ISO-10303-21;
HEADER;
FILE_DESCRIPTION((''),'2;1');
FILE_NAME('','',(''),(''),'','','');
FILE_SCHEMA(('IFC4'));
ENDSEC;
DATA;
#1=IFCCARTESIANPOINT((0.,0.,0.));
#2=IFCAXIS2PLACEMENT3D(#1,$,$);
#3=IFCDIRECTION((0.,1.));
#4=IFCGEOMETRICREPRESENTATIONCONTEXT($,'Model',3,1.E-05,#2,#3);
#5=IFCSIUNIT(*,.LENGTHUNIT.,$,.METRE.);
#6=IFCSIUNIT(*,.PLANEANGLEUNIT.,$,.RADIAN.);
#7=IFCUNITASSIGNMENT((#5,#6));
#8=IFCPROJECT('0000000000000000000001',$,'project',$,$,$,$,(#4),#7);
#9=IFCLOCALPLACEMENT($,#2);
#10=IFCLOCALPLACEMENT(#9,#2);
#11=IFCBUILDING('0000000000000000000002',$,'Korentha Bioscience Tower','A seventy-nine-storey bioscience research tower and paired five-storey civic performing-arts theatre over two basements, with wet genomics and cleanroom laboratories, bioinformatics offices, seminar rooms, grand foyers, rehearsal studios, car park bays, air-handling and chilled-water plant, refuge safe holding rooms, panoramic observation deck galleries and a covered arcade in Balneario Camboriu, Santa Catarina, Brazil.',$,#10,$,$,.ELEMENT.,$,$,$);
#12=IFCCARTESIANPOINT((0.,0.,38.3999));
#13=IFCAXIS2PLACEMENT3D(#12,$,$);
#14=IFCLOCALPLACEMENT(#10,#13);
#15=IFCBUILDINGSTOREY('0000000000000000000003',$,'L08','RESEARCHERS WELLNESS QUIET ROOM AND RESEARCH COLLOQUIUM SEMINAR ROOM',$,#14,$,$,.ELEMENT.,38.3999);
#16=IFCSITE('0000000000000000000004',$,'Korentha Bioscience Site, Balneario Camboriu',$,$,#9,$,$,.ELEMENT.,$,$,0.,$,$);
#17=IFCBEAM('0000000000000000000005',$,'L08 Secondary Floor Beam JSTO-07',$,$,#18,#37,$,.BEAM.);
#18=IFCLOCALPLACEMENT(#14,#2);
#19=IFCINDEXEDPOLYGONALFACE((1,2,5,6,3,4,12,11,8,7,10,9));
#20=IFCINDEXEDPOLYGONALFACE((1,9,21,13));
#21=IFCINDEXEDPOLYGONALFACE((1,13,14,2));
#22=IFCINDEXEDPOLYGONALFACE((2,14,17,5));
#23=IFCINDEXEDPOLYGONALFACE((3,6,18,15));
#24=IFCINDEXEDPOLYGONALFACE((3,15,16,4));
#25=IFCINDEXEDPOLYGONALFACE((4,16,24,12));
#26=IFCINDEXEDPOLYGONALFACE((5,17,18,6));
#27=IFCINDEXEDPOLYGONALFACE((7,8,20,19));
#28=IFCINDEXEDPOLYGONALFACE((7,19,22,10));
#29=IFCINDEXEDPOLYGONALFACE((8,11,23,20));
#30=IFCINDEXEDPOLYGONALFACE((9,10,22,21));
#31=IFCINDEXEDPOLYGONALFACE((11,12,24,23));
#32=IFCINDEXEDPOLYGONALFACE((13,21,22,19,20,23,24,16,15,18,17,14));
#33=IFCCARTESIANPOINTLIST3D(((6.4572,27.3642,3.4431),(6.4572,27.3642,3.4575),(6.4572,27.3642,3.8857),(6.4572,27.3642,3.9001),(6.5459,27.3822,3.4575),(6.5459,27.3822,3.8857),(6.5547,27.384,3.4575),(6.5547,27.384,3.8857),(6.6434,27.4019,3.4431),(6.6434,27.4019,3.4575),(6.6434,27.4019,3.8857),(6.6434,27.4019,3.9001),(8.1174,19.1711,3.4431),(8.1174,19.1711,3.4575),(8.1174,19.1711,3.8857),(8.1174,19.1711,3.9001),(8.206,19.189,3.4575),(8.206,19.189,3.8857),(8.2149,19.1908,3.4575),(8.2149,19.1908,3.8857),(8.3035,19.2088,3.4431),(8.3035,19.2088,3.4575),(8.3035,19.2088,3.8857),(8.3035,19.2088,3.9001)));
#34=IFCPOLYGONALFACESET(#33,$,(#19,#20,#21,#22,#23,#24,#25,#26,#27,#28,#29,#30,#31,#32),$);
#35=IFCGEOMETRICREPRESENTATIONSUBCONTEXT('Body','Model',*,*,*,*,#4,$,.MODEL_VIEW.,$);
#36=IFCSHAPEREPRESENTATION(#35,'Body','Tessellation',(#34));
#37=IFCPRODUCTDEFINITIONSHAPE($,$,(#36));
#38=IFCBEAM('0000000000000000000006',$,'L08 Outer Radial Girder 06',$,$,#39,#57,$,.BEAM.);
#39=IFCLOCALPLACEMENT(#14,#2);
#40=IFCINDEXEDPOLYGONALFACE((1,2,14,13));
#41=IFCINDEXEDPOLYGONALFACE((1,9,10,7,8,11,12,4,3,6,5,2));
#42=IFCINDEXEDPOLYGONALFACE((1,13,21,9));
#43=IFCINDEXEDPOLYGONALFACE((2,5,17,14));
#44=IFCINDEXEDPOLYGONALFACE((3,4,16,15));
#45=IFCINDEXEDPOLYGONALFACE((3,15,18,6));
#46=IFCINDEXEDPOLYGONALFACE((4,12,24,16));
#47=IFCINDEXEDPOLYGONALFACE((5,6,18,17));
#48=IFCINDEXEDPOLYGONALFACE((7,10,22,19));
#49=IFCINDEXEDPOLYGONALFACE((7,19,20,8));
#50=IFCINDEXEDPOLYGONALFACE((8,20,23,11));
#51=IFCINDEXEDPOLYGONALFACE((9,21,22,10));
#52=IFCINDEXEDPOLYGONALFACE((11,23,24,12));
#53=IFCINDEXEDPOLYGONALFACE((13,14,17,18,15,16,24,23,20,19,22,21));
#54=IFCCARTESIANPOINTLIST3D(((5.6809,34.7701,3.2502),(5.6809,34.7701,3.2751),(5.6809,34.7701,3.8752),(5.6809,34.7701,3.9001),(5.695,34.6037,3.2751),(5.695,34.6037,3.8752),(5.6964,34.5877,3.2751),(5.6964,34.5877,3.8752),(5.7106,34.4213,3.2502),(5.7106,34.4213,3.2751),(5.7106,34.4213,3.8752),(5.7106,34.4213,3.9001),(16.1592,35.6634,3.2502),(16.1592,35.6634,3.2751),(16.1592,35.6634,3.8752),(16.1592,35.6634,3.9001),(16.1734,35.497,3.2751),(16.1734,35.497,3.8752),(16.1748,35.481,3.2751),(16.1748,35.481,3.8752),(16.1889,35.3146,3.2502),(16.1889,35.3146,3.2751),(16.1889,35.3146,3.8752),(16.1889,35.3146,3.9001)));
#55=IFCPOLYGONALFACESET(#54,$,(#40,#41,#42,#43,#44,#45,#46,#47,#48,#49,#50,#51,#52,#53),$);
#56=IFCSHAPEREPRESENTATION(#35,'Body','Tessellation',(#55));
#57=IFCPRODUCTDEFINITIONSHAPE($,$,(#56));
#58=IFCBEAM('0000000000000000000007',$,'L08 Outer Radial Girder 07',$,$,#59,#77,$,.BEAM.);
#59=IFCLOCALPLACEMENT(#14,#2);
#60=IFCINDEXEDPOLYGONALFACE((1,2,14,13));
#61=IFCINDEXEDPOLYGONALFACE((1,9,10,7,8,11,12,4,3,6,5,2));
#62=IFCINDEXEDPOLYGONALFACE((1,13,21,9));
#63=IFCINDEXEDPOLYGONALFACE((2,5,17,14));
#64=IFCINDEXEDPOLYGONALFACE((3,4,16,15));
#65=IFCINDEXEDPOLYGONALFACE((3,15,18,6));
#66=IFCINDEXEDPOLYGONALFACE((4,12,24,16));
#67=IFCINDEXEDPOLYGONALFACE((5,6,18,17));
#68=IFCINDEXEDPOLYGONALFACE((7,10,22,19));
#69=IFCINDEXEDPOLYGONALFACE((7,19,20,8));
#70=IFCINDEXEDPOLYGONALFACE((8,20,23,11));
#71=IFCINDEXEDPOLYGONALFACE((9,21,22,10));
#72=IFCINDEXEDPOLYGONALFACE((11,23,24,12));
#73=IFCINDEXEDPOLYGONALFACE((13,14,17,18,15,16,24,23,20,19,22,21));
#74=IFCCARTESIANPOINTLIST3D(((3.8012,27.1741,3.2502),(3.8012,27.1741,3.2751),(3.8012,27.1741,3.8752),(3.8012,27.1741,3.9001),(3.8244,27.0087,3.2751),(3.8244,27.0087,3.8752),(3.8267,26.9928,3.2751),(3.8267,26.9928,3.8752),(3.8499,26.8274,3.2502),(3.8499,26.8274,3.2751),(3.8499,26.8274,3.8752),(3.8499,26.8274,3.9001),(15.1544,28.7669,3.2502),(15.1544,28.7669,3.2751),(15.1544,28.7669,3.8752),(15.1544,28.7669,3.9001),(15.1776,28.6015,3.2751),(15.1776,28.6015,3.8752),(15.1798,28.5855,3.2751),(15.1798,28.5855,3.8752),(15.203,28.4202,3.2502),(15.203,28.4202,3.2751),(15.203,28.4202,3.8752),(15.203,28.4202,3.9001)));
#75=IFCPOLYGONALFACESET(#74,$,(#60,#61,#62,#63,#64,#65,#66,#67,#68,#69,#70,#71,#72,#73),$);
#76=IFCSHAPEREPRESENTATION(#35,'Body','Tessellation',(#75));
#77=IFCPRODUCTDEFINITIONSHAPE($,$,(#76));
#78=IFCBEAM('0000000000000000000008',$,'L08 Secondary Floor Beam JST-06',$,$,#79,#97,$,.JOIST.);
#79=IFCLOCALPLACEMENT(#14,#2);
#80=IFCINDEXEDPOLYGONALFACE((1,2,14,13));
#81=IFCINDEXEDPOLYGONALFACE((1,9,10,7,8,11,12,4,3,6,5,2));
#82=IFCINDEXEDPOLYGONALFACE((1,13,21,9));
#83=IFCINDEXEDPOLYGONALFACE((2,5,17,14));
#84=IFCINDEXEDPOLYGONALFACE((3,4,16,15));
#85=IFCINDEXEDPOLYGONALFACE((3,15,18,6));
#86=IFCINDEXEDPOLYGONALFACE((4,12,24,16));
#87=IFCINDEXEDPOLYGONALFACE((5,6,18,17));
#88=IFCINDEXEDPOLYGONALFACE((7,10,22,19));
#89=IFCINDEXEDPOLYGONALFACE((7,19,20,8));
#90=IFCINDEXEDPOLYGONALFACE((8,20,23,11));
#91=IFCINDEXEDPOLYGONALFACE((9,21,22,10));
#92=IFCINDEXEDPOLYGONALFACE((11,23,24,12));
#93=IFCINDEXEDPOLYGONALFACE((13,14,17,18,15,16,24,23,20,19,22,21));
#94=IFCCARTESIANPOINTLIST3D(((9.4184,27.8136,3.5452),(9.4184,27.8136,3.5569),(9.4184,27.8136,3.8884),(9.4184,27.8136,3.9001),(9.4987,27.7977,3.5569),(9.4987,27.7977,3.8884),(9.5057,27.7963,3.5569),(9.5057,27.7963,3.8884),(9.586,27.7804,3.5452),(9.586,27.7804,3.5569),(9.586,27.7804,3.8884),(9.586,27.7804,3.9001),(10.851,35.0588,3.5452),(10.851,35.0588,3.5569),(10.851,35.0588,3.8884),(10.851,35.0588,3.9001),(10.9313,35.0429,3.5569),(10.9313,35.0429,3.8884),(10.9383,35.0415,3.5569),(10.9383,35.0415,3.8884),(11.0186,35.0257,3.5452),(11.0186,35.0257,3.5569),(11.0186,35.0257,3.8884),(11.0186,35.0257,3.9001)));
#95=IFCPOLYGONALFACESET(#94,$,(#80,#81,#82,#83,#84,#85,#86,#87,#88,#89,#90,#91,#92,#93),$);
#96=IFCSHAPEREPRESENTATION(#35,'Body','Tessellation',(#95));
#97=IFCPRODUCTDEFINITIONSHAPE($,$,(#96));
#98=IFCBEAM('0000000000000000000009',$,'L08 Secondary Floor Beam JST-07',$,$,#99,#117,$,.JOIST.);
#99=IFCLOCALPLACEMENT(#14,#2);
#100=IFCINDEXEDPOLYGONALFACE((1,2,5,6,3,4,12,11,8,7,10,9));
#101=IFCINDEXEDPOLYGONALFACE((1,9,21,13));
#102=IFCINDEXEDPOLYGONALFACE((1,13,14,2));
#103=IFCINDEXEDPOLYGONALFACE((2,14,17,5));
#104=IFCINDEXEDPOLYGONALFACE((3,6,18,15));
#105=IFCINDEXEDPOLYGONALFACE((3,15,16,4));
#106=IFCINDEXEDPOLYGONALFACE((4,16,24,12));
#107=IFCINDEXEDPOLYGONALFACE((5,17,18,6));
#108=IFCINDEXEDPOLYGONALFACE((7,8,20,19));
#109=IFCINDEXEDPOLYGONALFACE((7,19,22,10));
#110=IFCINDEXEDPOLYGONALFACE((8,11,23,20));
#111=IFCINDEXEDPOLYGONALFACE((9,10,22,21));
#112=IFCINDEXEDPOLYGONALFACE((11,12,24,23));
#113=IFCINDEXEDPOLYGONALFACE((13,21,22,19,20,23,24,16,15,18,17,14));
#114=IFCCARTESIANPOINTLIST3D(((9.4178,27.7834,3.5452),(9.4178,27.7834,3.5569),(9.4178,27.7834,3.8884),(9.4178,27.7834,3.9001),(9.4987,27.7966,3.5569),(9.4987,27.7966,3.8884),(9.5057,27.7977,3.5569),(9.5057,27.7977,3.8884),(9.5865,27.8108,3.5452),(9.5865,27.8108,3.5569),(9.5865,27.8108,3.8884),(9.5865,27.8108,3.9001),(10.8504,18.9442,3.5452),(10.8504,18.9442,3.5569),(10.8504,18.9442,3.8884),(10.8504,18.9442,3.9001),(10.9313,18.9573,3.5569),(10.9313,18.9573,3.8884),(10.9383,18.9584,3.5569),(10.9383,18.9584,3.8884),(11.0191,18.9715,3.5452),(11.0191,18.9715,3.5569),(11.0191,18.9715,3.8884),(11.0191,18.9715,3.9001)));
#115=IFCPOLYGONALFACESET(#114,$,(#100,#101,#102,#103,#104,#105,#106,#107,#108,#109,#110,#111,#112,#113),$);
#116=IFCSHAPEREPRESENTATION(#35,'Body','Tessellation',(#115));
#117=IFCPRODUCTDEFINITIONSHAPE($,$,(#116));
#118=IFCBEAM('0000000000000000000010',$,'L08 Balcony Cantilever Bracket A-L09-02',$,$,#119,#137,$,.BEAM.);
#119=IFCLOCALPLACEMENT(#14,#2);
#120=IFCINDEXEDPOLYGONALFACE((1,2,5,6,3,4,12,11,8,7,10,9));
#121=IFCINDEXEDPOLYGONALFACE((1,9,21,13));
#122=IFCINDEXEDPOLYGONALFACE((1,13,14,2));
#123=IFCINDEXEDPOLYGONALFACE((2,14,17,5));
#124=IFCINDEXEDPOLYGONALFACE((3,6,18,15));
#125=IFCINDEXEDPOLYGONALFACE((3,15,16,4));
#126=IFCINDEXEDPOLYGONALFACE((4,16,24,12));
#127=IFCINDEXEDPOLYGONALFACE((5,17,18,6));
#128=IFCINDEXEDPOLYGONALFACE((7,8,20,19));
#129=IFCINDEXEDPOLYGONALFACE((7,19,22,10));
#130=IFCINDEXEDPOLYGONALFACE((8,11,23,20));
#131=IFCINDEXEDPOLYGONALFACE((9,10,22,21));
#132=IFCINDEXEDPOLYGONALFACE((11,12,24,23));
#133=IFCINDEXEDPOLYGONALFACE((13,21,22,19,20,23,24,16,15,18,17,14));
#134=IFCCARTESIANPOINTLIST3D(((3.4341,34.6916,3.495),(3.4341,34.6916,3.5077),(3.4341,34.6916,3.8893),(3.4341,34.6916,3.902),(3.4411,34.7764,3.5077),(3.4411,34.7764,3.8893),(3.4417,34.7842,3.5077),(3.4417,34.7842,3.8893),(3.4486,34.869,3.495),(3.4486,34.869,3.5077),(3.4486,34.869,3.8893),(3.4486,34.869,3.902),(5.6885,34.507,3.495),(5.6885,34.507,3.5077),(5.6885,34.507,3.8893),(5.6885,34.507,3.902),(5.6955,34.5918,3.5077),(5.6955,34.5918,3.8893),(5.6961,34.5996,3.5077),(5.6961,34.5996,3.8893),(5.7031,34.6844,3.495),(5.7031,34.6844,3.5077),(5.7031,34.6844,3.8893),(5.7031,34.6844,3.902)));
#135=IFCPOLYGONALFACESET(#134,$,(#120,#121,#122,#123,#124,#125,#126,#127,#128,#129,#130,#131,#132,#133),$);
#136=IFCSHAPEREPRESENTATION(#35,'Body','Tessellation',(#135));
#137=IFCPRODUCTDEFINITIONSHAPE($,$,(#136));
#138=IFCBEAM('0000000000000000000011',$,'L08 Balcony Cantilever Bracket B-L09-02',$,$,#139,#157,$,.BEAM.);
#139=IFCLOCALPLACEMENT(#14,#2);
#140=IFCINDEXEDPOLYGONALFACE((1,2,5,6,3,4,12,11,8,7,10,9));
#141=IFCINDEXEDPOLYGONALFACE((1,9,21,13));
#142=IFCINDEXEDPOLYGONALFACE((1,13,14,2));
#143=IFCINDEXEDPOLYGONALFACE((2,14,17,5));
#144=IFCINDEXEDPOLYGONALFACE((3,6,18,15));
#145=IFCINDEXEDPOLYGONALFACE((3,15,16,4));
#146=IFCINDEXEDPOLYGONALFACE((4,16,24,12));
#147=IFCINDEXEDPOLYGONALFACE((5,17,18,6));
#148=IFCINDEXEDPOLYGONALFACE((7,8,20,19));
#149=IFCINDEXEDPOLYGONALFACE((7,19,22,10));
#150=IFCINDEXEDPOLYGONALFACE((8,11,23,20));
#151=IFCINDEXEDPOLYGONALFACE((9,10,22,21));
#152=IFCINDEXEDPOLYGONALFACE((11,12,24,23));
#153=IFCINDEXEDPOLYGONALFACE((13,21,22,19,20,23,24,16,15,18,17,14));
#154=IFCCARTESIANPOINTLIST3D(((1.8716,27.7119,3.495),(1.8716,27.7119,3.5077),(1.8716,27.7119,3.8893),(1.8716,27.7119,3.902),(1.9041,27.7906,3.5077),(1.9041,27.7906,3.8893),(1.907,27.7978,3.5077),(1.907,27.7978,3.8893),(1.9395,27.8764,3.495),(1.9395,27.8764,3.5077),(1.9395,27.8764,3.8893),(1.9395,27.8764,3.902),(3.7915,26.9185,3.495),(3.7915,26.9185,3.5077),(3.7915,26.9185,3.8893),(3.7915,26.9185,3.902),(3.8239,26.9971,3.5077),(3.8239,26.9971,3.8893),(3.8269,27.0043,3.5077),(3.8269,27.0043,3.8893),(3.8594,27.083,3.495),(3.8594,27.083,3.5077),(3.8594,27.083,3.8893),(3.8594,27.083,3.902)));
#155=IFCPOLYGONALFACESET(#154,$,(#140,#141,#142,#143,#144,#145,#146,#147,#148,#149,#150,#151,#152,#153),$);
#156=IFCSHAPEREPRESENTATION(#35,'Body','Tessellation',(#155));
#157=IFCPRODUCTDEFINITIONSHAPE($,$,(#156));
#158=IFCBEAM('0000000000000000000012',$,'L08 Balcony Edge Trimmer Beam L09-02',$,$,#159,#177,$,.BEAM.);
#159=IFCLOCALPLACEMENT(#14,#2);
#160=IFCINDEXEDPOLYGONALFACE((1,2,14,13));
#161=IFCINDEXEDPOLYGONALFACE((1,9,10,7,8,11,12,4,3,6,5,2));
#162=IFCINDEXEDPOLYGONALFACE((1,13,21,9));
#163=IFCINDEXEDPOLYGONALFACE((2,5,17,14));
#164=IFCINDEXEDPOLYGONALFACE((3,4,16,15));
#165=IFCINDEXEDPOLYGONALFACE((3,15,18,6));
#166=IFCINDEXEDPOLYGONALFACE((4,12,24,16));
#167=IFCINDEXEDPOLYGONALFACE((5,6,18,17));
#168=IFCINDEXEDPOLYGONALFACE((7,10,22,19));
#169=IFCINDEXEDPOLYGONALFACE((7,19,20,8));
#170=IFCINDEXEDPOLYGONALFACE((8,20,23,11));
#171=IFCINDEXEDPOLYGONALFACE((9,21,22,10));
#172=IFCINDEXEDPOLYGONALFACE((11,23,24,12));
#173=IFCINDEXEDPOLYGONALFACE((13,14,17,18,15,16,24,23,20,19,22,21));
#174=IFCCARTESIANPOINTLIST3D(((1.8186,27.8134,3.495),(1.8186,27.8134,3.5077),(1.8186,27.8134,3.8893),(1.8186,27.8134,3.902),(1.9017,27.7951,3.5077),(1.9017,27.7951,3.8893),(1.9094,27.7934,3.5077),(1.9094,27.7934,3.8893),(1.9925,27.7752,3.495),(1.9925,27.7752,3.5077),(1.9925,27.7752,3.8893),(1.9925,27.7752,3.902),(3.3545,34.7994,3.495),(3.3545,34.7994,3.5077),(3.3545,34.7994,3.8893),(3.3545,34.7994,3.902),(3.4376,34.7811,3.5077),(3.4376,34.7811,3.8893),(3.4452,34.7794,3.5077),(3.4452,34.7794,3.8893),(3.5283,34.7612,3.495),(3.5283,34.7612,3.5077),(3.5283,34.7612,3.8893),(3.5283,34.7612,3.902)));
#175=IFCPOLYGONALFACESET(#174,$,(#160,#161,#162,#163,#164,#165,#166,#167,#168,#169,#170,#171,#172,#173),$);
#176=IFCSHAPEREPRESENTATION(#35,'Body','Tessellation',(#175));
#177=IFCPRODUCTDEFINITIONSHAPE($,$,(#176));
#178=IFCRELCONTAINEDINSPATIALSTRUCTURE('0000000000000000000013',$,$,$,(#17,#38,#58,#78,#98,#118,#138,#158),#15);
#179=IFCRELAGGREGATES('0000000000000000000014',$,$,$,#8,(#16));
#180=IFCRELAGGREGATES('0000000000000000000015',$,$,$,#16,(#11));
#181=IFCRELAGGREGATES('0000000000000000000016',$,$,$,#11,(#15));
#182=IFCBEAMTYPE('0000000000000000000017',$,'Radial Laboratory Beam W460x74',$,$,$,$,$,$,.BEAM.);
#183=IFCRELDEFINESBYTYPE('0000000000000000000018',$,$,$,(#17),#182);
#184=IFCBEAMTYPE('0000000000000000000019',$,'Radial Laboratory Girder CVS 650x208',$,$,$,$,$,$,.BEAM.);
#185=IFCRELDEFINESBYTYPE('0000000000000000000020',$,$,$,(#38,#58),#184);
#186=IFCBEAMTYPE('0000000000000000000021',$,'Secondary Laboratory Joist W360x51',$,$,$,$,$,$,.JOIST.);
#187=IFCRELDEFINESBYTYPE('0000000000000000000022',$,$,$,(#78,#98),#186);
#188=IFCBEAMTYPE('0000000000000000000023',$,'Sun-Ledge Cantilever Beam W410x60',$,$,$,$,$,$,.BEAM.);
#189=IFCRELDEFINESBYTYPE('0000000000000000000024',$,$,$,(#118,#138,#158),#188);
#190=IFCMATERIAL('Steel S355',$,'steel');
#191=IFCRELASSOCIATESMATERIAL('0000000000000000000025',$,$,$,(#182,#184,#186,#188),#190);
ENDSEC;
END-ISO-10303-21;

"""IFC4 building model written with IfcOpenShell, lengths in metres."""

from ifc_helpers import new_model, si_unit, direction, frame, origin, origin_2d, place, context, subcontext, project, spatial, i_section, extrude, material, material_profile, profile_set, type_object, element, save


model = new_model("IFC4")

# Units and contexts
model_context = context("Model", 3, precision=1e-05, world=origin(), true_north=direction((0.0, 1.0)))
body_context = subcontext(model_context, "Body", "Model", "MODEL_VIEW")
ifc_project = project(units=[si_unit("LENGTHUNIT", "METRE"), si_unit("PLANEANGLEUNIT", "RADIAN")], contexts=[model_context])

# Site, building, storey
site_placement = place(None, origin())
site = spatial("IfcSite", under=ifc_project, at=site_placement, Name="Korentha Bioscience Site, Balneario Camboriu", CompositionType="ELEMENT", RefElevation=0.0)
building_placement = place(site_placement, origin())
building = spatial("IfcBuilding", under=site, at=building_placement, Name="Korentha Bioscience Tower", Description="A seventy-nine-storey bioscience research tower and paired five-storey civic performing-arts theatre over two basements, with wet genomics and cleanroom laboratories, bioinformatics offices, seminar rooms, grand foyers, rehearsal studios, car park bays, air-handling and chilled-water plant, refuge safe holding rooms, panoramic observation deck galleries and a covered arcade in Balneario Camboriu, Santa Catarina, Brazil.", CompositionType="ELEMENT")
storey_placement = place(building_placement, frame((0.0, 0.0, 38.3999)))
storey = spatial("IfcBuildingStorey", under=building, at=storey_placement, Name="L08", Description="RESEARCHERS WELLNESS QUIET ROOM AND RESEARCH COLLOQUIUM SEMINAR ROOM", CompositionType="ELEMENT", Elevation=38.3999)

# Shared definitions
ifc_material_1 = material(Name="Steel S355", Category="steel")

# Beams
ifc_material_profile_1 = material_profile(ifc_material_1, i_section(OverallWidth=0.1899, OverallDepth=0.457, WebThickness=0.009, FlangeThickness=0.0144, at=origin_2d()), Name="Steel S355")
ifc_profile_set_1 = profile_set([ifc_material_profile_1], Name="Steel S355 (RB-460)")
beam_type_1 = type_object("IfcBeamType", Name="Radial Laboratory Beam W460x74", PredefinedType="BEAM", material=ifc_profile_set_1)
beam_1_placement = place(storey_placement, frame((6.5503, 27.3831, 3.6716), z_axis=(0.198592, -0.980082, 0.0), x_axis=(0.980082, 0.198592, 0.0)))
element("IfcBeam", 1, at=beam_1_placement, inside=storey, type_object=beam_type_1, Name="L08 Secondary Floor Beam JSTO-07", PredefinedType="BEAM", context=body_context, shape_type="SweptSolid", body=[
    extrude(i_section(OverallWidth=0.1899, OverallDepth=0.457, WebThickness=0.009, FlangeThickness=0.0144, at=origin_2d()), origin(), (0.0, 0.0, 1.0), 8.3596),
])
ifc_material_profile_2 = material_profile(ifc_material_1, i_section(OverallWidth=0.3501, OverallDepth=0.6499, WebThickness=0.0161, FlangeThickness=0.0249, at=origin_2d()), Name="Steel S355")
ifc_profile_set_2 = profile_set([ifc_material_profile_2], Name="Steel S355 (RB-650)")
beam_type_2 = type_object("IfcBeamType", Name="Radial Laboratory Girder CVS 650x208", PredefinedType="BEAM", material=ifc_profile_set_2)
beam_2_placement = place(storey_placement, frame((16.1741, 35.489, 3.5752), z_axis=(-0.996386, -0.084945, 0.0), x_axis=(0.084945, -0.996386, 0.0)))
element("IfcBeam", 2, at=beam_2_placement, inside=storey, type_object=beam_type_2, Name="L08 Outer Radial Girder 06", PredefinedType="BEAM", context=body_context, shape_type="SweptSolid", body=[
    extrude(i_section(OverallWidth=0.3501, OverallDepth=0.6499, WebThickness=0.0161, FlangeThickness=0.0249, at=origin_2d()), origin(), (0.0, 0.0, 1.0), 10.5164),
])
beam_3_placement = place(storey_placement, frame((15.1787, 28.5935, 3.5752), z_axis=(-0.990302, -0.138931, 0.0), x_axis=(0.138931, -0.990302, 0.0)))
element("IfcBeam", 3, at=beam_3_placement, inside=storey, type_object=beam_type_2, Name="L08 Outer Radial Girder 07", PredefinedType="BEAM", context=body_context, shape_type="SweptSolid", body=[
    extrude(i_section(OverallWidth=0.3501, OverallDepth=0.6499, WebThickness=0.0161, FlangeThickness=0.0249, at=origin_2d()), origin(), (0.0, 0.0, 1.0), 11.4644),
])
ifc_material_profile_3 = material_profile(ifc_material_1, i_section(OverallWidth=0.1709, OverallDepth=0.355, WebThickness=0.0071, FlangeThickness=0.0117, at=origin_2d()), Name="Steel S355")
ifc_profile_set_3 = profile_set([ifc_material_profile_3], Name="Steel S355 (JB-360)")
beam_type_3 = type_object("IfcBeamType", Name="Secondary Laboratory Joist W360x51", PredefinedType="JOIST", material=ifc_profile_set_3)
beam_4_placement = place(storey_placement, frame((10.9348, 35.0422, 3.7227), z_axis=(-0.19398, -0.981006, 0.0), x_axis=(0.981006, -0.19398, 0.0)))
element("IfcBeam", 4, at=beam_4_placement, inside=storey, type_object=beam_type_3, Name="L08 Secondary Floor Beam JST-06", PredefinedType="JOIST", context=body_context, shape_type="SweptSolid", body=[
    extrude(i_section(OverallWidth=0.1709, OverallDepth=0.355, WebThickness=0.0071, FlangeThickness=0.0117, at=origin_2d()), origin(), (0.0, 0.0, 1.0), 7.3855),
])
beam_5_placement = place(storey_placement, frame((9.5022, 27.7971, 3.7227), z_axis=(0.159985, -0.987119, 0.0), x_axis=(0.987119, 0.159985, 0.0)))
element("IfcBeam", 5, at=beam_5_placement, inside=storey, type_object=beam_type_3, Name="L08 Secondary Floor Beam JST-07", PredefinedType="JOIST", context=body_context, shape_type="SweptSolid", body=[
    extrude(i_section(OverallWidth=0.1709, OverallDepth=0.355, WebThickness=0.0071, FlangeThickness=0.0117, at=origin_2d()), origin(), (0.0, 0.0, 1.0), 8.9546),
])
ifc_material_profile_4 = material_profile(ifc_material_1, i_section(OverallWidth=0.178, OverallDepth=0.407, WebThickness=0.0078, FlangeThickness=0.0127, at=origin_2d()), Name="Steel S355")
ifc_profile_set_4 = profile_set([ifc_material_profile_4], Name="Steel S355 (CB-410)")
beam_type_4 = type_object("IfcBeamType", Name="Sun-Ledge Cantilever Beam W410x60", PredefinedType="BEAM", material=ifc_profile_set_4)
beam_6_placement = place(storey_placement, frame((5.6958, 34.5957, 3.6985), z_axis=(-0.996665, 0.081598, 0.0), x_axis=(-0.081598, -0.996665, 0.0)))
element("IfcBeam", 6, at=beam_6_placement, inside=storey, type_object=beam_type_4, Name="L08 Balcony Cantilever Bracket A-L09-02", PredefinedType="BEAM", context=body_context, shape_type="SweptSolid", body=[
    extrude(i_section(OverallWidth=0.178, OverallDepth=0.407, WebThickness=0.0078, FlangeThickness=0.0127, at=origin_2d()), origin(), (0.0, 0.0, 1.0), 2.262),
])
beam_7_placement = place(storey_placement, frame((3.8254, 27.0007, 3.6985), z_axis=(-0.924186, 0.381943, 0.0), x_axis=(-0.381943, -0.924186, 0.0)))
element("IfcBeam", 7, at=beam_7_placement, inside=storey, type_object=beam_type_4, Name="L08 Balcony Cantilever Bracket B-L09-02", PredefinedType="BEAM", context=body_context, shape_type="SweptSolid", body=[
    extrude(i_section(OverallWidth=0.178, OverallDepth=0.407, WebThickness=0.0078, FlangeThickness=0.0127, at=origin_2d()), origin(), (0.0, 0.0, 1.0), 2.0774),
])
beam_8_placement = place(storey_placement, frame((3.4414, 34.7803, 3.6985), z_axis=(-0.214722, -0.976675, 0.0), x_axis=(0.976675, -0.214722, 0.0)))
element("IfcBeam", 8, at=beam_8_placement, inside=storey, type_object=beam_type_4, Name="L08 Balcony Edge Trimmer Beam L09-02", PredefinedType="BEAM", context=body_context, shape_type="SweptSolid", body=[
    extrude(i_section(OverallWidth=0.178, OverallDepth=0.407, WebThickness=0.0078, FlangeThickness=0.0127, at=origin_2d()), origin(), (0.0, 0.0, 1.0), 7.1528),
])

save(model, "model.ifc")
